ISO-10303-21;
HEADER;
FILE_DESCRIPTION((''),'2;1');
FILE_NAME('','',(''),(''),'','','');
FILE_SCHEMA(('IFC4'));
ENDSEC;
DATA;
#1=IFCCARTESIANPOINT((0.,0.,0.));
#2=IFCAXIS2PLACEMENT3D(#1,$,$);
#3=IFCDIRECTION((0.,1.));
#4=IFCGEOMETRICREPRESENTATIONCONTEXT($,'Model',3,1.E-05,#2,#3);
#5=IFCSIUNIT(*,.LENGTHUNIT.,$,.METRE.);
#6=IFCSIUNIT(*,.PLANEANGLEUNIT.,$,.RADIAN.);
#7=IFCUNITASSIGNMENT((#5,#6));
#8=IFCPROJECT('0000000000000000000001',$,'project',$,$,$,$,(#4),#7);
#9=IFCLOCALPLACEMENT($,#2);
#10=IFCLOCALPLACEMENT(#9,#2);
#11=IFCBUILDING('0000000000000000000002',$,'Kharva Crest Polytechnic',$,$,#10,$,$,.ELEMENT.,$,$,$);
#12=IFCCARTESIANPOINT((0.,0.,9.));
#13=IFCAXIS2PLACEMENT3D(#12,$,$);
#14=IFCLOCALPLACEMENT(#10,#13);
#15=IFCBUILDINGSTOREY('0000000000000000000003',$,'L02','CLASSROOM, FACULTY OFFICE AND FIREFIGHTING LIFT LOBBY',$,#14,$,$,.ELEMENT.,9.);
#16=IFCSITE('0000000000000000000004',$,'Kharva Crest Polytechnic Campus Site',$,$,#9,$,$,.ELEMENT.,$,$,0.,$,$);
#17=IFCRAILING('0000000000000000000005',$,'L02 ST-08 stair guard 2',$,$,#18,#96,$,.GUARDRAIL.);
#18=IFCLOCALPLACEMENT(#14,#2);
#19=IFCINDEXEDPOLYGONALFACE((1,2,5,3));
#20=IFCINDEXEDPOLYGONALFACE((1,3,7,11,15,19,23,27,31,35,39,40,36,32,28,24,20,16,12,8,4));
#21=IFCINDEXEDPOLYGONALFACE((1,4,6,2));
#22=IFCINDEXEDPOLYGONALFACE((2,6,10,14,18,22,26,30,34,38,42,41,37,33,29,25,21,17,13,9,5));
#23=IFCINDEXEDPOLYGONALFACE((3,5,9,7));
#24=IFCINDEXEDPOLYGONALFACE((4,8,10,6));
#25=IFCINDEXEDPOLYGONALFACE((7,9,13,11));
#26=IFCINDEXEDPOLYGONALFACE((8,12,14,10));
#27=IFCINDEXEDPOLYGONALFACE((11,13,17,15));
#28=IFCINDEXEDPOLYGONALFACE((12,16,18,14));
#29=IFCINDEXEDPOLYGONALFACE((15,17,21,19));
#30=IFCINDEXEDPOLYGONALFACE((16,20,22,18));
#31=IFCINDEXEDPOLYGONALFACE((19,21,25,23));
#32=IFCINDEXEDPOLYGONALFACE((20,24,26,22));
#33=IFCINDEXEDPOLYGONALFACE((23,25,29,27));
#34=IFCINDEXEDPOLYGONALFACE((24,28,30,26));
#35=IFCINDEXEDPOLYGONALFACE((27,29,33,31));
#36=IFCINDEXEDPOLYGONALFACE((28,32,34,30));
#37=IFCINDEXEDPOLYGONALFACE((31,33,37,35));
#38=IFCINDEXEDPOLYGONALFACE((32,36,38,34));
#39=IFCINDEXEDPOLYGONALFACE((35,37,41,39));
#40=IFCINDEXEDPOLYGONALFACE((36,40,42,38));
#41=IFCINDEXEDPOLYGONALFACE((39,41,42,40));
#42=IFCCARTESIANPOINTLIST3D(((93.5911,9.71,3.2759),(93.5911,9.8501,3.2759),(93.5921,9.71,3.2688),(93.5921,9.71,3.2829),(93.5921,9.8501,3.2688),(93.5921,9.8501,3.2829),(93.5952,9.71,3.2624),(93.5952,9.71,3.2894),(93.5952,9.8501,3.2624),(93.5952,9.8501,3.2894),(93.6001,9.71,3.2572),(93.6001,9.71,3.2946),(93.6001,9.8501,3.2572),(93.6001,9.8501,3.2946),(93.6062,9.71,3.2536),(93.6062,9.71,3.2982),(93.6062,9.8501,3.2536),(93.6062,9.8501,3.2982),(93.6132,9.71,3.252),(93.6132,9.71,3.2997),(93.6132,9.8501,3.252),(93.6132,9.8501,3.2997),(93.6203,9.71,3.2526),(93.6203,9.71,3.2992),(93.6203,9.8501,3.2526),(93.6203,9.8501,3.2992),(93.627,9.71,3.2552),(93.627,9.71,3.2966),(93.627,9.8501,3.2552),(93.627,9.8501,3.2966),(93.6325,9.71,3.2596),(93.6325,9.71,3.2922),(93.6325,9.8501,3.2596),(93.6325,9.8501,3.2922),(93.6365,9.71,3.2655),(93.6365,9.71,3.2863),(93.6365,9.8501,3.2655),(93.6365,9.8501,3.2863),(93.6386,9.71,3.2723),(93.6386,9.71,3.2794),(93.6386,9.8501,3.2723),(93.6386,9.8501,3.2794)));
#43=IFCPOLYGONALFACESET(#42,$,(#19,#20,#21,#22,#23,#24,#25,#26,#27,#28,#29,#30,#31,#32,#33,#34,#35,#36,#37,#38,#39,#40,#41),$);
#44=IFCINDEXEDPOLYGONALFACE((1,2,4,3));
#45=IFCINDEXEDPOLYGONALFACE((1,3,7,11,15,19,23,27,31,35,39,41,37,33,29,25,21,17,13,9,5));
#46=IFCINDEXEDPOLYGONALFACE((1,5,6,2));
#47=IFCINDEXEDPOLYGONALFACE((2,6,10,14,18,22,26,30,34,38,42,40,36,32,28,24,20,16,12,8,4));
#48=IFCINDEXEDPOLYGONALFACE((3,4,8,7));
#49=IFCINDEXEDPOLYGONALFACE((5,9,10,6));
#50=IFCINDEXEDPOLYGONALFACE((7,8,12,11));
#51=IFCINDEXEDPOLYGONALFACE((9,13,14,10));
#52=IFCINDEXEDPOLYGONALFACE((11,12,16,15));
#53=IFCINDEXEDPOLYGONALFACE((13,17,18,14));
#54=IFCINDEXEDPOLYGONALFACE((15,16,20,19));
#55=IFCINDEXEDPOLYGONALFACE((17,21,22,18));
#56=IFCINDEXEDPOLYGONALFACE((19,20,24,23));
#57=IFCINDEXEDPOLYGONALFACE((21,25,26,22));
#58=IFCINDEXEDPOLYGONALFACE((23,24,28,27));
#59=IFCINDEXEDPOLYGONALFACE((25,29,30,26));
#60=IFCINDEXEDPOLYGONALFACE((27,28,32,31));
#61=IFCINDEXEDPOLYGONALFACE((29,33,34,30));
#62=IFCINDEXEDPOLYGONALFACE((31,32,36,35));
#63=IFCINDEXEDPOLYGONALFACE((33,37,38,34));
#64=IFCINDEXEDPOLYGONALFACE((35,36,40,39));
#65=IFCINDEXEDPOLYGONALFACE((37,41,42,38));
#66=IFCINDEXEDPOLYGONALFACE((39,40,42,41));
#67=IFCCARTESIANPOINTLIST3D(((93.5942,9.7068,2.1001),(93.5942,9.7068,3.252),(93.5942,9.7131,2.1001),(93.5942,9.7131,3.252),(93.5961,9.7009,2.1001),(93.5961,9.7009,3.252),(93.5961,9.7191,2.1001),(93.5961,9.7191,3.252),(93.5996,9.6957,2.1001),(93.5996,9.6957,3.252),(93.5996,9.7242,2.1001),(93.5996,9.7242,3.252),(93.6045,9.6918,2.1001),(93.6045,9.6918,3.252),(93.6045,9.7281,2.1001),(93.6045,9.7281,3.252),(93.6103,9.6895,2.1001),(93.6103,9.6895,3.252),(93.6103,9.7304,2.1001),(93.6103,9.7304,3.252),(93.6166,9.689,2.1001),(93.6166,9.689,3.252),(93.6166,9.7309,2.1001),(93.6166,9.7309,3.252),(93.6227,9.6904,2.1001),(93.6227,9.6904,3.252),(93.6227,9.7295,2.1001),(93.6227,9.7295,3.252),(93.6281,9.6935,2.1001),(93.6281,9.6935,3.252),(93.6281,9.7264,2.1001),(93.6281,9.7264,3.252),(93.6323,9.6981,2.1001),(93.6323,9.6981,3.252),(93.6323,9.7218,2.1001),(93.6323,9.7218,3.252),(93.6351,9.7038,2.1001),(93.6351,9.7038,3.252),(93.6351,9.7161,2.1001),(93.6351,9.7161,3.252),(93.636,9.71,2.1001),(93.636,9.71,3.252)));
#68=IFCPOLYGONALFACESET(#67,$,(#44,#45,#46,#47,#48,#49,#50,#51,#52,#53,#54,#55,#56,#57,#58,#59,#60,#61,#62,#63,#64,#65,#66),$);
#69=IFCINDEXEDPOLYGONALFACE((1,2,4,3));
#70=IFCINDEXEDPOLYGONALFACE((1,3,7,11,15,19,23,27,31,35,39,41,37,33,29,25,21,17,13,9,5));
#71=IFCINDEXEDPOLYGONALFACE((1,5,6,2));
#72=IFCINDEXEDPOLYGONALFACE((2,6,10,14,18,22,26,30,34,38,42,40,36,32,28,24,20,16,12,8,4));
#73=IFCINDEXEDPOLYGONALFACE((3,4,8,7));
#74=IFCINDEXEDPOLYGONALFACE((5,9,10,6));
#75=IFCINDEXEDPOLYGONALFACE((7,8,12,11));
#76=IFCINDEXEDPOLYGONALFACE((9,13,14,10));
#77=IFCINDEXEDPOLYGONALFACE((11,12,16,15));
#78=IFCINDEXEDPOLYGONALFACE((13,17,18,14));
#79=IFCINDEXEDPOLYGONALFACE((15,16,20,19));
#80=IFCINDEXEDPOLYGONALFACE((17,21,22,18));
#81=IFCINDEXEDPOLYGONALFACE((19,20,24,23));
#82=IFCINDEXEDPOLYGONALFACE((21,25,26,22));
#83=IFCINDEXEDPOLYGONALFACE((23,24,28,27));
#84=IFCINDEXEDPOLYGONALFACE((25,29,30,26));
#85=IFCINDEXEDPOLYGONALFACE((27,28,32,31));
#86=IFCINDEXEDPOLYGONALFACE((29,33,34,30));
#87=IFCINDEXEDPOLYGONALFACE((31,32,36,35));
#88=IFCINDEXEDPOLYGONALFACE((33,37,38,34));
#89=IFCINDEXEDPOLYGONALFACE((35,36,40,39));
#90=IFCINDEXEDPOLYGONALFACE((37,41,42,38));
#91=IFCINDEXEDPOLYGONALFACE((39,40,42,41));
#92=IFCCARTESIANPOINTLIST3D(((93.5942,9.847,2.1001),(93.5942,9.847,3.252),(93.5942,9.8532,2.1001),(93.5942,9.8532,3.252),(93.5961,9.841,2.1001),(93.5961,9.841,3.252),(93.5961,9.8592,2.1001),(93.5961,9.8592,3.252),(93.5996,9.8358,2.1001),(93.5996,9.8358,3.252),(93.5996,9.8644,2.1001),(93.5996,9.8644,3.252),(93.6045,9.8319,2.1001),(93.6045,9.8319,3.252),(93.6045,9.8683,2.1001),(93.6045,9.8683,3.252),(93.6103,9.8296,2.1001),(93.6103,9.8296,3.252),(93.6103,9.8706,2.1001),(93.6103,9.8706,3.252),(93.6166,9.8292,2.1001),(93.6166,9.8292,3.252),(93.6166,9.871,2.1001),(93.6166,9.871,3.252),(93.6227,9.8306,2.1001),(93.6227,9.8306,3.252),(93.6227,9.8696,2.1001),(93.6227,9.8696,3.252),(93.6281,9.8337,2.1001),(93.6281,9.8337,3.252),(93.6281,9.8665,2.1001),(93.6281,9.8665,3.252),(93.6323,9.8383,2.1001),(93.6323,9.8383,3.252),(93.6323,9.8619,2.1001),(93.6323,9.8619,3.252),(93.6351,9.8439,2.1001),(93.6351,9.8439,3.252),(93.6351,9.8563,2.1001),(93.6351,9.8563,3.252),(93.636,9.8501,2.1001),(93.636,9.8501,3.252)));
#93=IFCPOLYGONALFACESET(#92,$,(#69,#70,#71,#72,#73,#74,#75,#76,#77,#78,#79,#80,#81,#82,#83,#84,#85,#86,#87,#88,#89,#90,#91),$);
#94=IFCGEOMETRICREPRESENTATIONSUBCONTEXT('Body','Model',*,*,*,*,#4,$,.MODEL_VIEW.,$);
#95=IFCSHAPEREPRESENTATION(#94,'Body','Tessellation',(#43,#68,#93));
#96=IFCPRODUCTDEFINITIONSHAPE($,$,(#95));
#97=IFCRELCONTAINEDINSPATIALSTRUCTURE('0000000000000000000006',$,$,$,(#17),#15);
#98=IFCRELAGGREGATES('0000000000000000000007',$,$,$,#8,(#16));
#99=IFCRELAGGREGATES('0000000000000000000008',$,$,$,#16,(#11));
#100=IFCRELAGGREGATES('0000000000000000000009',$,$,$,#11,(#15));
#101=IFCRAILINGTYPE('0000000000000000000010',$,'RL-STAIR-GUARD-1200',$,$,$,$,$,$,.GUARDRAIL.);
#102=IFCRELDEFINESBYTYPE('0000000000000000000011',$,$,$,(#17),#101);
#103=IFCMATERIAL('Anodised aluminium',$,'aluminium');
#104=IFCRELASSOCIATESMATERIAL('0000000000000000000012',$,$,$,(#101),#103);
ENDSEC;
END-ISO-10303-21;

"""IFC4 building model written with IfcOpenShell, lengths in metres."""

from ifc_helpers import new_model, si_unit, direction, frame, origin, origin_2d, place, context, subcontext, project, spatial, circle, extrude, material, type_object, element, save


model = new_model("IFC4")

# Units and contexts
model_context = context("Model", 3, precision=1e-05, world=origin(), true_north=direction((0.0, 1.0)))
body_context = subcontext(model_context, "Body", "Model", "MODEL_VIEW")
ifc_project = project(units=[si_unit("LENGTHUNIT", "METRE"), si_unit("PLANEANGLEUNIT", "RADIAN")], contexts=[model_context])

# Site, building, storey
site_placement = place(None, origin())
site = spatial("IfcSite", under=ifc_project, at=site_placement, Name="Kharva Crest Polytechnic Campus Site", CompositionType="ELEMENT", RefElevation=0.0)
building_placement = place(site_placement, origin())
building = spatial("IfcBuilding", under=site, at=building_placement, Name="Kharva Crest Polytechnic", CompositionType="ELEMENT")
storey_placement = place(building_placement, frame((0.0, 0.0, 9.0)))
storey = spatial("IfcBuildingStorey", under=building, at=storey_placement, Name="L02", Description="CLASSROOM, FACULTY OFFICE AND FIREFIGHTING LIFT LOBBY", CompositionType="ELEMENT", Elevation=9.0)

# Railing
ifc_material_1 = material(Name="Anodised aluminium", Category="aluminium")
railing_type_1 = type_object("IfcRailingType", Name="RL-STAIR-GUARD-1200", PredefinedType="GUARDRAIL", material=ifc_material_1)
railing_1_placement = place(storey_placement, frame((93.615, 9.71, 2.1001)))
element("IfcRailing", 1, at=railing_1_placement, inside=storey, type_object=railing_type_1, Name="L02 ST-08 stair guard 2", PredefinedType="GUARDRAIL", context=body_context, shape_type="SweptSolid", body=[
    extrude(circle(Radius=0.0239, at=origin_2d()), frame((0.0, 0.0, 1.1758), z_axis=(0.0, 1.0, 0.0), x_axis=(-1.0, 0.0, 0.0)), (0.0, 0.0, 1.0), 0.1401),
    extrude(circle(Radius=0.021, at=origin_2d()), origin(), (0.0, 0.0, 1.0), 1.1519),
    extrude(circle(Radius=0.021, at=origin_2d()), frame((0.0, 0.1401, 0.0)), (0.0, 0.0, 1.0), 1.1519),
])

save(model, "model.ifc")
